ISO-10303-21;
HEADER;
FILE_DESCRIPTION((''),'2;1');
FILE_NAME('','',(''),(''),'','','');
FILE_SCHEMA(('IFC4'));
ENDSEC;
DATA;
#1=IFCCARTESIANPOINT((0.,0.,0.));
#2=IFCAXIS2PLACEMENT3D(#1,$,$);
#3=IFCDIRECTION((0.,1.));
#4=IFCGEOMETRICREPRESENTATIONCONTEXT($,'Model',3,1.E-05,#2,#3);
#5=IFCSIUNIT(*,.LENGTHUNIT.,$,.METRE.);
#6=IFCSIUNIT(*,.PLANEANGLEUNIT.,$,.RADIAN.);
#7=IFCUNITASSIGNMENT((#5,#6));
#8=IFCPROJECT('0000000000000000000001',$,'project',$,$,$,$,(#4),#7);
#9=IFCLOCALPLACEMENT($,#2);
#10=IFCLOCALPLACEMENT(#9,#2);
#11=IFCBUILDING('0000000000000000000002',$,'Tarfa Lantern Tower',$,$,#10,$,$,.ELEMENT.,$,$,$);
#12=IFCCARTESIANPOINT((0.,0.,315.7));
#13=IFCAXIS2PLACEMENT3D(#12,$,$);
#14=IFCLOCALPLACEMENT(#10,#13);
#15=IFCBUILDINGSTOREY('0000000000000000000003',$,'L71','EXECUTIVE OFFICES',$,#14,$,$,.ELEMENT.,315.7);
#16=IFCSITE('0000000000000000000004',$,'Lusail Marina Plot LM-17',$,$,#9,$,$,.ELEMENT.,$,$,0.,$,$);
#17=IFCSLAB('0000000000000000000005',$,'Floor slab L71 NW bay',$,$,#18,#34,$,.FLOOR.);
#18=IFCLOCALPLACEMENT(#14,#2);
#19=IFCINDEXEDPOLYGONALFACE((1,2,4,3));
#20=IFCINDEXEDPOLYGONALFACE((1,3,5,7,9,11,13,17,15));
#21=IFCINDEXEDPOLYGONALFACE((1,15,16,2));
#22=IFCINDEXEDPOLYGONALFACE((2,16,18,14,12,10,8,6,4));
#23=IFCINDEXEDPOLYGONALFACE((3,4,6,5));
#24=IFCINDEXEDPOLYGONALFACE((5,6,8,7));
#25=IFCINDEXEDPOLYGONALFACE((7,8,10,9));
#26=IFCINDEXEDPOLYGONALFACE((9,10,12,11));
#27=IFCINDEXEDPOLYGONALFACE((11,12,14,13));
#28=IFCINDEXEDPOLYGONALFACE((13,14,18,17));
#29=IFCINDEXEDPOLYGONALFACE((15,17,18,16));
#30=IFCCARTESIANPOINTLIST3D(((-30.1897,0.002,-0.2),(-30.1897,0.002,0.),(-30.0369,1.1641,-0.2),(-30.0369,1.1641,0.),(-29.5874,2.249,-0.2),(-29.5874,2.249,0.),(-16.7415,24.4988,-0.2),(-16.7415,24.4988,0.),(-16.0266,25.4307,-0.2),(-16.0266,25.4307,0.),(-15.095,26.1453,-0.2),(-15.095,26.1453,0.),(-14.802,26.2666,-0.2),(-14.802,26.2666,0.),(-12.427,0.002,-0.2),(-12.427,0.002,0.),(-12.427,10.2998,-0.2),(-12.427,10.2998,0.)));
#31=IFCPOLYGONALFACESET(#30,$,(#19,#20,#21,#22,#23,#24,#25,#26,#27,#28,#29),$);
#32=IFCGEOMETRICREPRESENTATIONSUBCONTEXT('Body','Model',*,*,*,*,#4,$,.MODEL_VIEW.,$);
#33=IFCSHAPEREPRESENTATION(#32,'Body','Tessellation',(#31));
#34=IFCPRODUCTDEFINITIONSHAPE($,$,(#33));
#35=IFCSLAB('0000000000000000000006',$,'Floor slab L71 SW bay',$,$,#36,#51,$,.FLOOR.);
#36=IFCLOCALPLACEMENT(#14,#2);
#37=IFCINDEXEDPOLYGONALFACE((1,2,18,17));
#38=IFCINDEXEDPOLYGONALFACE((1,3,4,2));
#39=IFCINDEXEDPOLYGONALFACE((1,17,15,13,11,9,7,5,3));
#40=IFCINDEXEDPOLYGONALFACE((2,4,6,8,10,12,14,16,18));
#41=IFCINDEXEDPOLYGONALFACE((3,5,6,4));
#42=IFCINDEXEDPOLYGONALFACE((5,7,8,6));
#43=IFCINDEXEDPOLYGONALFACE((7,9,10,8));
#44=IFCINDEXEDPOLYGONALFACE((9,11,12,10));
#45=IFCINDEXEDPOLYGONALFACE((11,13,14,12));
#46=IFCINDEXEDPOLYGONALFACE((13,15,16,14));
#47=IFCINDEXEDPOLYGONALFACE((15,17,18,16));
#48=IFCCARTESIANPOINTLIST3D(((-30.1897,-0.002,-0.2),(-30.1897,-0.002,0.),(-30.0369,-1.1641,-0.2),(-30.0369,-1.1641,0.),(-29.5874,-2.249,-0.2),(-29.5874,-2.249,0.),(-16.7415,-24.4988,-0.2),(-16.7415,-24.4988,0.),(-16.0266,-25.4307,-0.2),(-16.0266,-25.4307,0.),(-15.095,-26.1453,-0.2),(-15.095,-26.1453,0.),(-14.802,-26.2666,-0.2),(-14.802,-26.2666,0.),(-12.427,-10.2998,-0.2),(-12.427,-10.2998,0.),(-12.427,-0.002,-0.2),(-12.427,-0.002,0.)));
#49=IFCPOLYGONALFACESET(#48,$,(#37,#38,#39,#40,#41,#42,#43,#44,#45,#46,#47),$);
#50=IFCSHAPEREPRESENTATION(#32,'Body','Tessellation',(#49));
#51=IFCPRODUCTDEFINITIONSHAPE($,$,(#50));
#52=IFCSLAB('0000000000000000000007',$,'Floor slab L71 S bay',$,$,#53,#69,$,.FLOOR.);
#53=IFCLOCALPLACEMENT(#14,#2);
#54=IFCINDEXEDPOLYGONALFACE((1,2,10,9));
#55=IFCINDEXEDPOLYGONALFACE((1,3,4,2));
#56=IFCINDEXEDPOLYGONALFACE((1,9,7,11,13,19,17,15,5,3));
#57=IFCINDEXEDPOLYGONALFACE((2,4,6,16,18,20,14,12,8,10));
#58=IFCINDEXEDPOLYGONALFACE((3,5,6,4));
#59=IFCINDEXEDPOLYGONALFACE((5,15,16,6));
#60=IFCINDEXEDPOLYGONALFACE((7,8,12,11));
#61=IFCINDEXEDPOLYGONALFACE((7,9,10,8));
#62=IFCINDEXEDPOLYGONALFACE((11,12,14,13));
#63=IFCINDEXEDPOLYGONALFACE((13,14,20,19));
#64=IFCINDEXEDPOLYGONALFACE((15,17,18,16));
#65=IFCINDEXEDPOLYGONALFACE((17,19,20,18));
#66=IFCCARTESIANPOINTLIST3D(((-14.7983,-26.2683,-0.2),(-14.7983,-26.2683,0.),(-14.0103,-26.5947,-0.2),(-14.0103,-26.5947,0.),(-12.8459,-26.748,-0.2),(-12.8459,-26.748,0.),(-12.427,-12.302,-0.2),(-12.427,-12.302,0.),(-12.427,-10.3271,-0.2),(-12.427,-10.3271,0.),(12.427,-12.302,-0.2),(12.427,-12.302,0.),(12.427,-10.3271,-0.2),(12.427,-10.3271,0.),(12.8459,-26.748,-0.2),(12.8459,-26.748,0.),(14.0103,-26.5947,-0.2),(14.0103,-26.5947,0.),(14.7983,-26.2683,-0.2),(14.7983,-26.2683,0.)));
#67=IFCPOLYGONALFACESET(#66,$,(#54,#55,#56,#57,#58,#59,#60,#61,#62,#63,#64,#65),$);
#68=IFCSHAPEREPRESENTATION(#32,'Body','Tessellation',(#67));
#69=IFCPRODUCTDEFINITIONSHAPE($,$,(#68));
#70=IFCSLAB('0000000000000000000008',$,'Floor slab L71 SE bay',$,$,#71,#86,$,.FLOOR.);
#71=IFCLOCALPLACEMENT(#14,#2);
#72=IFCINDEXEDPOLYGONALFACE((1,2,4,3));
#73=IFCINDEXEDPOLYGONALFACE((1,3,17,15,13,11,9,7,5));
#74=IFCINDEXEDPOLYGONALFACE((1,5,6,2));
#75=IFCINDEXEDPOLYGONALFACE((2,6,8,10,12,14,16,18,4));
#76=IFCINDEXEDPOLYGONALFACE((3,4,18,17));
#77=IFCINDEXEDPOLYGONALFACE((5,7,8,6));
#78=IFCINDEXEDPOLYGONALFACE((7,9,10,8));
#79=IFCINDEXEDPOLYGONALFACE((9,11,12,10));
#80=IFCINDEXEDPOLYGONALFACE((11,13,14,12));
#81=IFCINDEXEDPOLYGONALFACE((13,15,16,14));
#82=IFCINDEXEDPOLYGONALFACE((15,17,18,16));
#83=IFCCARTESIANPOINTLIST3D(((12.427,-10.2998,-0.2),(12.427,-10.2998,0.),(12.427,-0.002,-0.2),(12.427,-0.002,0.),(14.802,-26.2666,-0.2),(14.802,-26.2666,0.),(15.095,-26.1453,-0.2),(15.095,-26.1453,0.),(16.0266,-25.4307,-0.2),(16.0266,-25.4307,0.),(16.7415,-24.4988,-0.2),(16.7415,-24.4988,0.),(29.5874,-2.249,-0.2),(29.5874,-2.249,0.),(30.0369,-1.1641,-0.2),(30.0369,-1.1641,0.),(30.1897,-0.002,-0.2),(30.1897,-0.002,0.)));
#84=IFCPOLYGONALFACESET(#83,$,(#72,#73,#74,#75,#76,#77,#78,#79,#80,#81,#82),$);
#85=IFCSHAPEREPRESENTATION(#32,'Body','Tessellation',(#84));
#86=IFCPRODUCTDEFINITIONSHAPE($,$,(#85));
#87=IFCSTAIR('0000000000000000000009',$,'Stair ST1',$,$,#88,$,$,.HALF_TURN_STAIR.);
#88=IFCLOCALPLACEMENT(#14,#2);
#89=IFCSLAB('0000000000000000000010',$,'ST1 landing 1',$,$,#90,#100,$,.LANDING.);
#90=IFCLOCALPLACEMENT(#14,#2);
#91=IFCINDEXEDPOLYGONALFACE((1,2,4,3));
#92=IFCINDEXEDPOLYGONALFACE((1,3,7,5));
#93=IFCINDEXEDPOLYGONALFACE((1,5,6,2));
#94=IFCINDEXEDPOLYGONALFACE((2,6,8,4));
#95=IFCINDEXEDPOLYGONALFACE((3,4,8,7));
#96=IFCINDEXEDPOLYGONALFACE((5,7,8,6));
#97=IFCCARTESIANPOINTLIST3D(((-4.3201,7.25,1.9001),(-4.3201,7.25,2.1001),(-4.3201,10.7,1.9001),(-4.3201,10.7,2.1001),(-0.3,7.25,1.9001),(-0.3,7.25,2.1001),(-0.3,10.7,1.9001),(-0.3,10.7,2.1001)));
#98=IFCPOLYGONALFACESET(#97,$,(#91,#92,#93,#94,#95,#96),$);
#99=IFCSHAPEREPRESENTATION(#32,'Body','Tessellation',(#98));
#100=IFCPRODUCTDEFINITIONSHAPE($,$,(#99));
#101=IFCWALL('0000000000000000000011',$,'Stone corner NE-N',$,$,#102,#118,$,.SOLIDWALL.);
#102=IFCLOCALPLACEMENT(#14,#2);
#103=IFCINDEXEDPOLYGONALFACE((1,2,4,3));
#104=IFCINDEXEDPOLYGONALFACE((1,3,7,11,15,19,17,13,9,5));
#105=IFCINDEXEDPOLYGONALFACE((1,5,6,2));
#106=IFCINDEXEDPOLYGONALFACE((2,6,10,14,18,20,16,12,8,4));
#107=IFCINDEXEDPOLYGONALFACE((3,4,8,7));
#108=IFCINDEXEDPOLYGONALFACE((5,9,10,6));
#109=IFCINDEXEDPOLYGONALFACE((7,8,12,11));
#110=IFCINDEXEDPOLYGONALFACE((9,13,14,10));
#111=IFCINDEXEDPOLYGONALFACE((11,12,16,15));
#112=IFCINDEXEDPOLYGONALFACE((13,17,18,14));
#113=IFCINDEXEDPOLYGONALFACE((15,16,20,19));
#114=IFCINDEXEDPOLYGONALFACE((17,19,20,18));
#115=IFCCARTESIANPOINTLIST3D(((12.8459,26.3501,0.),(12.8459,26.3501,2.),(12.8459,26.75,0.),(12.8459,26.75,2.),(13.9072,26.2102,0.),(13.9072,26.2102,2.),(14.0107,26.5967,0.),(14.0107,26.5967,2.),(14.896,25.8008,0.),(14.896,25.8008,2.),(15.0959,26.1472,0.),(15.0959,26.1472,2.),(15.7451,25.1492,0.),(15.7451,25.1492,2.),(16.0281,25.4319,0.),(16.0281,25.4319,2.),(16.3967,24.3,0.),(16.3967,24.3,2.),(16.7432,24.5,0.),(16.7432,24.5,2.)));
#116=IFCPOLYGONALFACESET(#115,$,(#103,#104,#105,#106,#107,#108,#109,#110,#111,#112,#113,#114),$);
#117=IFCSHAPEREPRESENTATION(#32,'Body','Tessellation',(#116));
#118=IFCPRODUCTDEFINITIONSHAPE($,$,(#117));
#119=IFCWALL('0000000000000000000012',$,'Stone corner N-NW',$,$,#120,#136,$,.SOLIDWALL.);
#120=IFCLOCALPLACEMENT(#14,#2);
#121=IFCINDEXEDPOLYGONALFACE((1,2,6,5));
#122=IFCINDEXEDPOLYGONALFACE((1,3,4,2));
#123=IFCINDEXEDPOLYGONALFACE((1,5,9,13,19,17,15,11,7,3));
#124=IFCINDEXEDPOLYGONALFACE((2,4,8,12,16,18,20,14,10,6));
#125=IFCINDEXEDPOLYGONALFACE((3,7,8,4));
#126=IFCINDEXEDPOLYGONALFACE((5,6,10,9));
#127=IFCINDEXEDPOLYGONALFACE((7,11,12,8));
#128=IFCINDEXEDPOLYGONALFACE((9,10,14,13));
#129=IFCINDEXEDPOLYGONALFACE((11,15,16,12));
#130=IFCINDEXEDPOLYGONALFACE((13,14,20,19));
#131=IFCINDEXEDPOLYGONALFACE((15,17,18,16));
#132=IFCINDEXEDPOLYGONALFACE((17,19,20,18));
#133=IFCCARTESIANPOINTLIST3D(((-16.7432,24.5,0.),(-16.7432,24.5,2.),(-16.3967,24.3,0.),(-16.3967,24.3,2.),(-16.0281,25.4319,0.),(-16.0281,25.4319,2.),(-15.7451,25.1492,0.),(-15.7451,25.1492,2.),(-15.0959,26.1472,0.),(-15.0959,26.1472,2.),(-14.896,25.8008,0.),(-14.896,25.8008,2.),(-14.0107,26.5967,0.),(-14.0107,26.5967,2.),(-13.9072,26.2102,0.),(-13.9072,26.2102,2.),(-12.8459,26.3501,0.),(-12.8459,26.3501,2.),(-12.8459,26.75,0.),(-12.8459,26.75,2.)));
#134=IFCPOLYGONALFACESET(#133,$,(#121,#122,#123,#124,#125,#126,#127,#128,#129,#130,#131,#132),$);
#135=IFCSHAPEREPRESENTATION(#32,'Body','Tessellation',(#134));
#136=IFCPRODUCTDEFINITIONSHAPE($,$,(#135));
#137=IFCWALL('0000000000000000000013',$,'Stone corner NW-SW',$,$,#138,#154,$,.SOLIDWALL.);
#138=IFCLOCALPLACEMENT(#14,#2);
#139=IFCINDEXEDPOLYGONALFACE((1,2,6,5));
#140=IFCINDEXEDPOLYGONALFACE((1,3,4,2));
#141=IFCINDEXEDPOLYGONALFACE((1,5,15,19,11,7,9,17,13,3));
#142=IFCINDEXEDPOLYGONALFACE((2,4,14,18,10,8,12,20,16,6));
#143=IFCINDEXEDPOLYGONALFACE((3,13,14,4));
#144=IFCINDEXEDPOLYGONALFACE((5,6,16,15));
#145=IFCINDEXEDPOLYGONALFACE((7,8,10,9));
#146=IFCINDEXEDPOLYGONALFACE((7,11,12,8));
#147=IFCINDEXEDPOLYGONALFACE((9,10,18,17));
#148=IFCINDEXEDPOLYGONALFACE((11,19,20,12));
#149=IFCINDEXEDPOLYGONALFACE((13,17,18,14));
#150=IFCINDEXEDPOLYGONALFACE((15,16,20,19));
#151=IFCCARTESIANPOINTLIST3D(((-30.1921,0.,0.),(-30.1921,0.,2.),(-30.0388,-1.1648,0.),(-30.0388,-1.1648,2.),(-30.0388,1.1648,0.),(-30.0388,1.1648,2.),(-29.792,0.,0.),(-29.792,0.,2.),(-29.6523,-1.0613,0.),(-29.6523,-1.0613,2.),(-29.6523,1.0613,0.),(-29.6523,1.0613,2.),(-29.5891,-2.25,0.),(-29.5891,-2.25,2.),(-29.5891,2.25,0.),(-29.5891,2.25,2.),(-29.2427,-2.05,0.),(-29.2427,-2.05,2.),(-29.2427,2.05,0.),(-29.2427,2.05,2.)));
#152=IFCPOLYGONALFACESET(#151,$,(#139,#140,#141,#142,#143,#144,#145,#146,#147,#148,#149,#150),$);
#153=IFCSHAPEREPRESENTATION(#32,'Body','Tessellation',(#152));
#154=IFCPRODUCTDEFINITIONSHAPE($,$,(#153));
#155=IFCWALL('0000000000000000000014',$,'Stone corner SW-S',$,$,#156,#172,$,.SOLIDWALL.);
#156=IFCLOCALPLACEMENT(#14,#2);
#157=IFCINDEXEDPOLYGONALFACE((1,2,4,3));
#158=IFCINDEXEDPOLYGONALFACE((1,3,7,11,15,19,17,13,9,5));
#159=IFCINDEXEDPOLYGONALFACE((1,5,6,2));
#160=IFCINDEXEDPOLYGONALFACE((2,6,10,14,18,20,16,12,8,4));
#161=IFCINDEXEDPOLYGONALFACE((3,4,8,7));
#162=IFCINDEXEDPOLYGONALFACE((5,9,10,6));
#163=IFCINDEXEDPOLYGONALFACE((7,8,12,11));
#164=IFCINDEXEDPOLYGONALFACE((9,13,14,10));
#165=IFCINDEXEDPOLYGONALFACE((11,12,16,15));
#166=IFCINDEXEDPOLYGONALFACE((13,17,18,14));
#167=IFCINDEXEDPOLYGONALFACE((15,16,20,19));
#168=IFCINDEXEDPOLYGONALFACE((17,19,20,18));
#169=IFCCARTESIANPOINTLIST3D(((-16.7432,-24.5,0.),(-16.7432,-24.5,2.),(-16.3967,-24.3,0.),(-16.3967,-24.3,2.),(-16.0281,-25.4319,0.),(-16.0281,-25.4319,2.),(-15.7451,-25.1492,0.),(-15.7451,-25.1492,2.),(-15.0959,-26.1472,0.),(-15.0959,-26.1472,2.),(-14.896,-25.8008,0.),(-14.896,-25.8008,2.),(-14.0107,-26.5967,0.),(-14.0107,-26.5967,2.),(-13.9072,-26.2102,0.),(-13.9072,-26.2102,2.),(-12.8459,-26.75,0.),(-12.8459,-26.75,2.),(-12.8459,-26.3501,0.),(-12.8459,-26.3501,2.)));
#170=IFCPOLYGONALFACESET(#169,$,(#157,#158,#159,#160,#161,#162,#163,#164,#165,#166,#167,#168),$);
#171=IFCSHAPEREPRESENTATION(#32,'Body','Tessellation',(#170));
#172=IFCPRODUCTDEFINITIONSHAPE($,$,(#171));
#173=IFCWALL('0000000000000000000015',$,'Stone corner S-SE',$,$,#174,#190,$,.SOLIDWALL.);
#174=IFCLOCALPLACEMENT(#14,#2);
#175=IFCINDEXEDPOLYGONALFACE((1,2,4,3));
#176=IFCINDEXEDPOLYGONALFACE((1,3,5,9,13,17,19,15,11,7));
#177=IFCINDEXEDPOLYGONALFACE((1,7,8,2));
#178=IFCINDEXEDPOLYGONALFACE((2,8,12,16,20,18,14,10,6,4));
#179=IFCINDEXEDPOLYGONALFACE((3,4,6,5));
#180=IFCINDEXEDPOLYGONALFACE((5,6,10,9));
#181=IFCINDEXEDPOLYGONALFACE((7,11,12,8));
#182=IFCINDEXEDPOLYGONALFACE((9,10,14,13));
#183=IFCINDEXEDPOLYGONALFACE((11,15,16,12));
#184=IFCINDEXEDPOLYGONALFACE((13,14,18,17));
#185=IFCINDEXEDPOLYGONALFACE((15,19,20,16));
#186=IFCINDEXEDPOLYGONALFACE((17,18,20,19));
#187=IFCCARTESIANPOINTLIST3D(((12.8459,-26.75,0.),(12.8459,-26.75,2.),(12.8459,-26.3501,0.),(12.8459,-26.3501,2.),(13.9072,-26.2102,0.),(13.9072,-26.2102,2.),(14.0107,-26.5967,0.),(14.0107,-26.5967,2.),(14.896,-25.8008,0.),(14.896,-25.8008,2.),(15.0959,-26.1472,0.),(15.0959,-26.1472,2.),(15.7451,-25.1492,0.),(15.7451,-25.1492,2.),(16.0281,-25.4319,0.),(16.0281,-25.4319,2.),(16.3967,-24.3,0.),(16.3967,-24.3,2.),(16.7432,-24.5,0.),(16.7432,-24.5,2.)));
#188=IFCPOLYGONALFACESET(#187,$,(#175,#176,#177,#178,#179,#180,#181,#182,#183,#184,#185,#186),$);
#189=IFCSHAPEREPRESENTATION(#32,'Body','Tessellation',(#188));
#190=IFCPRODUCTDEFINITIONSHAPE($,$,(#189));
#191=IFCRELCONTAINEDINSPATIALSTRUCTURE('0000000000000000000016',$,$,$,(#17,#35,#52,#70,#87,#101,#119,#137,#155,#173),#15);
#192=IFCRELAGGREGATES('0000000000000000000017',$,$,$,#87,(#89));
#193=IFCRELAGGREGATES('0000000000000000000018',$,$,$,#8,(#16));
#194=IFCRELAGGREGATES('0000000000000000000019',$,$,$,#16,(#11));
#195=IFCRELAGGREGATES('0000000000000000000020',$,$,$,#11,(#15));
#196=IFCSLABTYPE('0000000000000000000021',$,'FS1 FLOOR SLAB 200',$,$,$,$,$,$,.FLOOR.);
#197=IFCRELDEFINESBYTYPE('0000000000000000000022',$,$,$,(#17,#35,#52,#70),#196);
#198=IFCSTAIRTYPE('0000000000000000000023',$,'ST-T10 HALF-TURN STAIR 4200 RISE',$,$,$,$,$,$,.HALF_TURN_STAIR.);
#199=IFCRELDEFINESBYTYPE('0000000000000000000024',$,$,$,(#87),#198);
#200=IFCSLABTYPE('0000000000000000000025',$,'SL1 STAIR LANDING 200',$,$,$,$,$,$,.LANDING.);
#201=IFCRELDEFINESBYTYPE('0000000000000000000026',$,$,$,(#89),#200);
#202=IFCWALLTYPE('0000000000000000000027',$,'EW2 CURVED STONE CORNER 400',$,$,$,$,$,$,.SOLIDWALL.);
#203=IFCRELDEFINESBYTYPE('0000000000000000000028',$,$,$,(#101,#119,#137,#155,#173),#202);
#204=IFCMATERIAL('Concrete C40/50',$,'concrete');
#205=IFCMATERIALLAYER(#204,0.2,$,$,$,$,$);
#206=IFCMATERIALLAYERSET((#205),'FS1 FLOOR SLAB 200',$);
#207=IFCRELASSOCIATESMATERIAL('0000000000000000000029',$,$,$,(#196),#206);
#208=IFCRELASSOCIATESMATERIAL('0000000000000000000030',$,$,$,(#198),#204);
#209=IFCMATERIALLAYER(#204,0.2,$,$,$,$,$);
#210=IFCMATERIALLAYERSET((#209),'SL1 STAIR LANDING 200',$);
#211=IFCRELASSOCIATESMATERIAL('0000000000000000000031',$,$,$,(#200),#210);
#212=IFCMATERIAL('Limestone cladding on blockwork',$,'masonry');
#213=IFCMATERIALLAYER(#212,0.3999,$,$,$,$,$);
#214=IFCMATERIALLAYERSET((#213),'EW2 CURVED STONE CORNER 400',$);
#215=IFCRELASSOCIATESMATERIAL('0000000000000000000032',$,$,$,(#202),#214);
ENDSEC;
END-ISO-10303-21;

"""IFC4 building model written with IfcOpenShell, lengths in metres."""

from ifc_helpers import new_model, si_unit, direction, frame, origin, place, context, subcontext, project, spatial, polyline, outline, extrude, material, layer, layer_set, type_object, element, aggregate, save


model = new_model("IFC4")

# Units and contexts
model_context = context("Model", 3, precision=1e-05, world=origin(), true_north=direction((0.0, 1.0)))
body_context = subcontext(model_context, "Body", "Model", "MODEL_VIEW")
ifc_project = project(units=[si_unit("LENGTHUNIT", "METRE"), si_unit("PLANEANGLEUNIT", "RADIAN")], contexts=[model_context])

# Site, building, storey
site_placement = place(None, origin())
site = spatial("IfcSite", under=ifc_project, at=site_placement, Name="Lusail Marina Plot LM-17", CompositionType="ELEMENT", RefElevation=0.0)
building_placement = place(site_placement, origin())
building = spatial("IfcBuilding", under=site, at=building_placement, Name="Tarfa Lantern Tower", CompositionType="ELEMENT")
storey_placement = place(building_placement, frame((0.0, 0.0, 315.7)))
storey = spatial("IfcBuildingStorey", under=building, at=storey_placement, Name="L71", Description="EXECUTIVE OFFICES", CompositionType="ELEMENT", Elevation=315.7)

# Shared definitions
ifc_material_1 = material(Name="Concrete C40/50", Category="concrete")

# Slabs
ifc_layer_1 = layer(ifc_material_1, 0.2)
ifc_layer_set_1 = layer_set([ifc_layer_1], Name="FS1 FLOOR SLAB 200")
slab_type_1 = type_object("IfcSlabType", Name="FS1 FLOOR SLAB 200", PredefinedType="FLOOR", material=ifc_layer_set_1)
slab_1_placement = place(storey_placement, frame((0.0, 0.0, -0.2)))
element("IfcSlab", 1, at=slab_1_placement, inside=storey, type_object=slab_type_1, Name="Floor slab L71 NW bay", PredefinedType="FLOOR", context=body_context, shape_type="SweptSolid", body=[
    extrude(outline(polyline([(-12.427, 0.002), (-12.427, 10.2998), (-14.802, 26.2666), (-15.095, 26.1453), (-16.0266, 25.4307), (-16.7415, 24.4988), (-29.5874, 2.249), (-30.0369, 1.1641), (-30.1897, 0.002), (-12.427, 0.002)])), origin(), (0.0, 0.0, 1.0), 0.2),
])
slab_2_placement = place(storey_placement, frame((0.0, 0.0, -0.2)))
element("IfcSlab", 2, at=slab_2_placement, inside=storey, type_object=slab_type_1, Name="Floor slab L71 SW bay", PredefinedType="FLOOR", context=body_context, shape_type="SweptSolid", body=[
    extrude(outline(polyline([(-12.427, -10.2998), (-12.427, -0.002), (-30.1897, -0.002), (-30.0369, -1.1641), (-29.5874, -2.249), (-16.7415, -24.4988), (-16.0266, -25.4307), (-15.095, -26.1453), (-14.802, -26.2666), (-12.427, -10.2998)])), origin(), (0.0, 0.0, 1.0), 0.2),
])
slab_3_placement = place(storey_placement, frame((0.0, 0.0, -0.2)))
element("IfcSlab", 3, at=slab_3_placement, inside=storey, type_object=slab_type_1, Name="Floor slab L71 S bay", PredefinedType="FLOOR", context=body_context, shape_type="SweptSolid", body=[
    extrude(outline(polyline([(12.427, -10.3271), (12.427, -12.302), (-12.427, -12.302), (-12.427, -10.3271), (-14.7983, -26.2683), (-14.0103, -26.5947), (-12.8459, -26.748), (12.8459, -26.748), (14.0103, -26.5947), (14.7983, -26.2683), (12.427, -10.3271)])), origin(), (0.0, 0.0, 1.0), 0.2),
])
slab_4_placement = place(storey_placement, frame((0.0, 0.0, -0.2)))
element("IfcSlab", 4, at=slab_4_placement, inside=storey, type_object=slab_type_1, Name="Floor slab L71 SE bay", PredefinedType="FLOOR", context=body_context, shape_type="SweptSolid", body=[
    extrude(outline(polyline([(12.427, -0.002), (12.427, -10.2998), (14.802, -26.2666), (15.095, -26.1453), (16.0266, -25.4307), (16.7415, -24.4988), (29.5874, -2.249), (30.0369, -1.1641), (30.1897, -0.002), (12.427, -0.002)])), origin(), (0.0, 0.0, 1.0), 0.2),
])

# Stair, slab
stair_type = type_object("IfcStairType", Name="ST-T10 HALF-TURN STAIR 4200 RISE", PredefinedType="HALF_TURN_STAIR", material=ifc_material_1)
stair_placement = place(storey_placement, origin())
stair = element("IfcStair", 5, at=stair_placement, inside=storey, type_object=stair_type, Name="Stair ST1", PredefinedType="HALF_TURN_STAIR")
ifc_layer_2 = layer(ifc_material_1, 0.2)
ifc_layer_set_2 = layer_set([ifc_layer_2], Name="SL1 STAIR LANDING 200")
slab_type_2 = type_object("IfcSlabType", Name="SL1 STAIR LANDING 200", PredefinedType="LANDING", material=ifc_layer_set_2)
slab_5_placement = place(storey_placement, frame((0.0, 0.0, 1.9001)))
slab_5 = element("IfcSlab", 6, at=slab_5_placement, type_object=slab_type_2, Name="ST1 landing 1", PredefinedType="LANDING", context=body_context, shape_type="SweptSolid", body=[
    extrude(outline(polyline([(-4.3201, 7.25), (-0.3, 7.25), (-0.3, 10.7), (-4.3201, 10.7), (-4.3201, 7.25)])), origin(), (0.0, 0.0, 1.0), 0.2),
])
aggregate(stair, [slab_5])

# Walls
ifc_material_2 = material(Name="Limestone cladding on blockwork", Category="masonry")
ifc_layer_3 = layer(ifc_material_2, 0.3999)
ifc_layer_set_3 = layer_set([ifc_layer_3], Name="EW2 CURVED STONE CORNER 400")
wall_type_1 = type_object("IfcWallType", Name="EW2 CURVED STONE CORNER 400", PredefinedType="SOLIDWALL", material=ifc_layer_set_3)
wall_1_placement = place(storey_placement, origin())
element("IfcWall", 7, at=wall_1_placement, inside=storey, type_object=wall_type_1, Name="Stone corner NE-N", PredefinedType="SOLIDWALL", context=body_context, shape_type="SweptSolid", body=[
    extrude(outline(polyline([(16.7432, 24.5), (16.0281, 25.4319), (15.0959, 26.1472), (14.0107, 26.5967), (12.8459, 26.75), (12.8459, 26.3501), (13.9072, 26.2102), (14.896, 25.8008), (15.7451, 25.1492), (16.3967, 24.3), (16.7432, 24.5)])), origin(), (0.0, 0.0, 1.0), 2.0),
])
wall_2_placement = place(storey_placement, origin())
element("IfcWall", 8, at=wall_2_placement, inside=storey, type_object=wall_type_1, Name="Stone corner N-NW", PredefinedType="SOLIDWALL", context=body_context, shape_type="SweptSolid", body=[
    extrude(outline(polyline([(-12.8459, 26.75), (-14.0107, 26.5967), (-15.0959, 26.1472), (-16.0281, 25.4319), (-16.7432, 24.5), (-16.3967, 24.3), (-15.7451, 25.1492), (-14.896, 25.8008), (-13.9072, 26.2102), (-12.8459, 26.3501), (-12.8459, 26.75)])), origin(), (0.0, 0.0, 1.0), 2.0),
])
wall_3_placement = place(storey_placement, origin())
element("IfcWall", 9, at=wall_3_placement, inside=storey, type_object=wall_type_1, Name="Stone corner NW-SW", PredefinedType="SOLIDWALL", context=body_context, shape_type="SweptSolid", body=[
    extrude(outline(polyline([(-29.5891, 2.25), (-30.0388, 1.1648), (-30.1921, 0.0), (-30.0388, -1.1648), (-29.5891, -2.25), (-29.2427, -2.05), (-29.6523, -1.0613), (-29.792, 0.0), (-29.6523, 1.0613), (-29.2427, 2.05), (-29.5891, 2.25)])), origin(), (0.0, 0.0, 1.0), 2.0),
])
wall_4_placement = place(storey_placement, origin())
element("IfcWall", 10, at=wall_4_placement, inside=storey, type_object=wall_type_1, Name="Stone corner SW-S", PredefinedType="SOLIDWALL", context=body_context, shape_type="SweptSolid", body=[
    extrude(outline(polyline([(-16.7432, -24.5), (-16.0281, -25.4319), (-15.0959, -26.1472), (-14.0107, -26.5967), (-12.8459, -26.75), (-12.8459, -26.3501), (-13.9072, -26.2102), (-14.896, -25.8008), (-15.7451, -25.1492), (-16.3967, -24.3), (-16.7432, -24.5)])), origin(), (0.0, 0.0, 1.0), 2.0),
])
wall_5_placement = place(storey_placement, origin())
element("IfcWall", 11, at=wall_5_placement, inside=storey, type_object=wall_type_1, Name="Stone corner S-SE", PredefinedType="SOLIDWALL", context=body_context, shape_type="SweptSolid", body=[
    extrude(outline(polyline([(12.8459, -26.75), (14.0107, -26.5967), (15.0959, -26.1472), (16.0281, -25.4319), (16.7432, -24.5), (16.3967, -24.3), (15.7451, -25.1492), (14.896, -25.8008), (13.9072, -26.2102), (12.8459, -26.3501), (12.8459, -26.75)])), origin(), (0.0, 0.0, 1.0), 2.0),
])

save(model, "model.ifc")
